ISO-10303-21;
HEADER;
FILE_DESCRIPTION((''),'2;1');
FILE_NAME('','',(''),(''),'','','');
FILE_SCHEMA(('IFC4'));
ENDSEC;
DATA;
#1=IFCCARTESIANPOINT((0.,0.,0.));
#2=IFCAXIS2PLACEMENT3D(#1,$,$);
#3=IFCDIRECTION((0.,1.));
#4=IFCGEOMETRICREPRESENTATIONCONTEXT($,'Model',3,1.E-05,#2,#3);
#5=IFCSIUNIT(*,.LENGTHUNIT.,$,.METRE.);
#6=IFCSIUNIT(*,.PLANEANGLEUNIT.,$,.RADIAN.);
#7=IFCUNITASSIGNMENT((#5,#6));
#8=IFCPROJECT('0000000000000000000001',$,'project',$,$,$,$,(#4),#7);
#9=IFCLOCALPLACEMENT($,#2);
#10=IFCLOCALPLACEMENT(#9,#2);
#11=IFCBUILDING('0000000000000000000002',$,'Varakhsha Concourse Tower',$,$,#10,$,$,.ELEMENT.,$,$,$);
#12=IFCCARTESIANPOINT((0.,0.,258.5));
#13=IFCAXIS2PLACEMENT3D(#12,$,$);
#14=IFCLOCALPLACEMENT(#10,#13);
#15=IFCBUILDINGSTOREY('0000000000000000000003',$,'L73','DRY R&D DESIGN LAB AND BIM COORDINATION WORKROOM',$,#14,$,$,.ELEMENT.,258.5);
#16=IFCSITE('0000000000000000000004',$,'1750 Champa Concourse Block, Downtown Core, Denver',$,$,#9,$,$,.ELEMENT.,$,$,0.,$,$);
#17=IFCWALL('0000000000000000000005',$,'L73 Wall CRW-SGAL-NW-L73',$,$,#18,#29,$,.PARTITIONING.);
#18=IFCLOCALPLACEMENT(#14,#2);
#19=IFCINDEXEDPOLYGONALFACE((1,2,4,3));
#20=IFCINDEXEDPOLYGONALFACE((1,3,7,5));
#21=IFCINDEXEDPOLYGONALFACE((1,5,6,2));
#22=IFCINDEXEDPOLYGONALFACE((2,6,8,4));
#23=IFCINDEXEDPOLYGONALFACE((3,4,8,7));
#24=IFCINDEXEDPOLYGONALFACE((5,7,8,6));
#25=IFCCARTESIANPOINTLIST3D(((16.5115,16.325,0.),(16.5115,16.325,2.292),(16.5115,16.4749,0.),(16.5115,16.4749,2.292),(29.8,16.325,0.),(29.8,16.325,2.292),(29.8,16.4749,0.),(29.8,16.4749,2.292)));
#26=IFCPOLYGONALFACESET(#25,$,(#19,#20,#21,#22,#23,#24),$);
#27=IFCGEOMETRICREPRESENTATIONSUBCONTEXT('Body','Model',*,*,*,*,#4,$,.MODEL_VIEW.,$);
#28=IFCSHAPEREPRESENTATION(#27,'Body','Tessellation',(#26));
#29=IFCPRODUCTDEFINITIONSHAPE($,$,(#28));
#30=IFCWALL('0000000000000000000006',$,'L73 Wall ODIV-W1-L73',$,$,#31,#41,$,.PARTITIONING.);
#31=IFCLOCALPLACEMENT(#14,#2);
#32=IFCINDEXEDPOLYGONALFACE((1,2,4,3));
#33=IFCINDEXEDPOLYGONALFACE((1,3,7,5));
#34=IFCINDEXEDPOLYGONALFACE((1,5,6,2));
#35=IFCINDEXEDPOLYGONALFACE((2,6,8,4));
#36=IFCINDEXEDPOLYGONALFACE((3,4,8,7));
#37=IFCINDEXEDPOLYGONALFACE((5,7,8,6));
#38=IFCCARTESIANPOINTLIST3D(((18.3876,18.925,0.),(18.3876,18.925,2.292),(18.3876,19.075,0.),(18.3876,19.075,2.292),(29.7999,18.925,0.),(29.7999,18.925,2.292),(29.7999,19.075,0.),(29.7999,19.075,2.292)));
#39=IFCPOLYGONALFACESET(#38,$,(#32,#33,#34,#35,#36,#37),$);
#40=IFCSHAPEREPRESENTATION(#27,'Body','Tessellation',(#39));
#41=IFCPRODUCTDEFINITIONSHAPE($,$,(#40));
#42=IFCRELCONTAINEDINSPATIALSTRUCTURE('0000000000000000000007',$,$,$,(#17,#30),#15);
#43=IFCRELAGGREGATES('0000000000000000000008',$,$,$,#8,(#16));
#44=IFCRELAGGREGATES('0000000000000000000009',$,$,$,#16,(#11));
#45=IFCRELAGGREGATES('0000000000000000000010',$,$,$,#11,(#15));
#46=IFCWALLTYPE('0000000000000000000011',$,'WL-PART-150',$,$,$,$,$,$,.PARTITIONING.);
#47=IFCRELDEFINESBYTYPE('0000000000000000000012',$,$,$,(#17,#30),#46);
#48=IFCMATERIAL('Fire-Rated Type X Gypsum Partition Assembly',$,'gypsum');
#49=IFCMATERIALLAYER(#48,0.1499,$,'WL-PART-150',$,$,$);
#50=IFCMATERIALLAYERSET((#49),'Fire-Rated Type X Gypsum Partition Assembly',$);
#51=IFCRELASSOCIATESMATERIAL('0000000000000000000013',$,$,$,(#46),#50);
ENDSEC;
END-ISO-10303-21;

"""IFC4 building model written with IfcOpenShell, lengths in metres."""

from ifc_helpers import new_model, si_unit, direction, frame, frame_2d, origin, place, context, subcontext, project, spatial, rectangle, extrude, material, layer, layer_set, type_object, element, save


model = new_model("IFC4")

# Units and contexts
model_context = context("Model", 3, precision=1e-05, world=origin(), true_north=direction((0.0, 1.0)))
body_context = subcontext(model_context, "Body", "Model", "MODEL_VIEW")
ifc_project = project(units=[si_unit("LENGTHUNIT", "METRE"), si_unit("PLANEANGLEUNIT", "RADIAN")], contexts=[model_context])

# Site, building, storey
site_placement = place(None, origin())
site = spatial("IfcSite", under=ifc_project, at=site_placement, Name="1750 Champa Concourse Block, Downtown Core, Denver", CompositionType="ELEMENT", RefElevation=0.0)
building_placement = place(site_placement, origin())
building = spatial("IfcBuilding", under=site, at=building_placement, Name="Varakhsha Concourse Tower", CompositionType="ELEMENT")
storey_placement = place(building_placement, frame((0.0, 0.0, 258.5)))
storey = spatial("IfcBuildingStorey", under=building, at=storey_placement, Name="L73", Description="DRY R&D DESIGN LAB AND BIM COORDINATION WORKROOM", CompositionType="ELEMENT", Elevation=258.5)

# Walls
ifc_material_1 = material(Name="Fire-Rated Type X Gypsum Partition Assembly", Category="gypsum")
ifc_layer_1 = layer(ifc_material_1, 0.1499, Name="WL-PART-150")
ifc_layer_set_1 = layer_set([ifc_layer_1], Name="Fire-Rated Type X Gypsum Partition Assembly")
wall_type_1 = type_object("IfcWallType", Name="WL-PART-150", PredefinedType="PARTITIONING", material=ifc_layer_set_1)
wall_1_placement = place(storey_placement, frame((16.5115, 16.3999, 0.0), z_axis=(0.0, 0.0, 1.0), x_axis=(1.0, 0.0, 0.0)))
element("IfcWall", 1, at=wall_1_placement, inside=storey, type_object=wall_type_1, Name="L73 Wall CRW-SGAL-NW-L73", PredefinedType="PARTITIONING", context=body_context, shape_type="SweptSolid", body=[
    extrude(rectangle(XDim=13.2886, YDim=0.1499, at=frame_2d((6.6443, 0.0))), origin(), (0.0, 0.0, 1.0), 2.292),
])
wall_2_placement = place(storey_placement, frame((18.3877, 19.0, 0.0), z_axis=(0.0, 0.0, 1.0), x_axis=(1.0, 0.0, 0.0)))
element("IfcWall", 2, at=wall_2_placement, inside=storey, type_object=wall_type_1, Name="L73 Wall ODIV-W1-L73", PredefinedType="PARTITIONING", context=body_context, shape_type="SweptSolid", body=[
    extrude(rectangle(XDim=11.4124, YDim=0.1499, at=frame_2d((5.7061, 0.0))), origin(), (0.0, 0.0, 1.0), 2.292),
])

save(model, "model.ifc")
